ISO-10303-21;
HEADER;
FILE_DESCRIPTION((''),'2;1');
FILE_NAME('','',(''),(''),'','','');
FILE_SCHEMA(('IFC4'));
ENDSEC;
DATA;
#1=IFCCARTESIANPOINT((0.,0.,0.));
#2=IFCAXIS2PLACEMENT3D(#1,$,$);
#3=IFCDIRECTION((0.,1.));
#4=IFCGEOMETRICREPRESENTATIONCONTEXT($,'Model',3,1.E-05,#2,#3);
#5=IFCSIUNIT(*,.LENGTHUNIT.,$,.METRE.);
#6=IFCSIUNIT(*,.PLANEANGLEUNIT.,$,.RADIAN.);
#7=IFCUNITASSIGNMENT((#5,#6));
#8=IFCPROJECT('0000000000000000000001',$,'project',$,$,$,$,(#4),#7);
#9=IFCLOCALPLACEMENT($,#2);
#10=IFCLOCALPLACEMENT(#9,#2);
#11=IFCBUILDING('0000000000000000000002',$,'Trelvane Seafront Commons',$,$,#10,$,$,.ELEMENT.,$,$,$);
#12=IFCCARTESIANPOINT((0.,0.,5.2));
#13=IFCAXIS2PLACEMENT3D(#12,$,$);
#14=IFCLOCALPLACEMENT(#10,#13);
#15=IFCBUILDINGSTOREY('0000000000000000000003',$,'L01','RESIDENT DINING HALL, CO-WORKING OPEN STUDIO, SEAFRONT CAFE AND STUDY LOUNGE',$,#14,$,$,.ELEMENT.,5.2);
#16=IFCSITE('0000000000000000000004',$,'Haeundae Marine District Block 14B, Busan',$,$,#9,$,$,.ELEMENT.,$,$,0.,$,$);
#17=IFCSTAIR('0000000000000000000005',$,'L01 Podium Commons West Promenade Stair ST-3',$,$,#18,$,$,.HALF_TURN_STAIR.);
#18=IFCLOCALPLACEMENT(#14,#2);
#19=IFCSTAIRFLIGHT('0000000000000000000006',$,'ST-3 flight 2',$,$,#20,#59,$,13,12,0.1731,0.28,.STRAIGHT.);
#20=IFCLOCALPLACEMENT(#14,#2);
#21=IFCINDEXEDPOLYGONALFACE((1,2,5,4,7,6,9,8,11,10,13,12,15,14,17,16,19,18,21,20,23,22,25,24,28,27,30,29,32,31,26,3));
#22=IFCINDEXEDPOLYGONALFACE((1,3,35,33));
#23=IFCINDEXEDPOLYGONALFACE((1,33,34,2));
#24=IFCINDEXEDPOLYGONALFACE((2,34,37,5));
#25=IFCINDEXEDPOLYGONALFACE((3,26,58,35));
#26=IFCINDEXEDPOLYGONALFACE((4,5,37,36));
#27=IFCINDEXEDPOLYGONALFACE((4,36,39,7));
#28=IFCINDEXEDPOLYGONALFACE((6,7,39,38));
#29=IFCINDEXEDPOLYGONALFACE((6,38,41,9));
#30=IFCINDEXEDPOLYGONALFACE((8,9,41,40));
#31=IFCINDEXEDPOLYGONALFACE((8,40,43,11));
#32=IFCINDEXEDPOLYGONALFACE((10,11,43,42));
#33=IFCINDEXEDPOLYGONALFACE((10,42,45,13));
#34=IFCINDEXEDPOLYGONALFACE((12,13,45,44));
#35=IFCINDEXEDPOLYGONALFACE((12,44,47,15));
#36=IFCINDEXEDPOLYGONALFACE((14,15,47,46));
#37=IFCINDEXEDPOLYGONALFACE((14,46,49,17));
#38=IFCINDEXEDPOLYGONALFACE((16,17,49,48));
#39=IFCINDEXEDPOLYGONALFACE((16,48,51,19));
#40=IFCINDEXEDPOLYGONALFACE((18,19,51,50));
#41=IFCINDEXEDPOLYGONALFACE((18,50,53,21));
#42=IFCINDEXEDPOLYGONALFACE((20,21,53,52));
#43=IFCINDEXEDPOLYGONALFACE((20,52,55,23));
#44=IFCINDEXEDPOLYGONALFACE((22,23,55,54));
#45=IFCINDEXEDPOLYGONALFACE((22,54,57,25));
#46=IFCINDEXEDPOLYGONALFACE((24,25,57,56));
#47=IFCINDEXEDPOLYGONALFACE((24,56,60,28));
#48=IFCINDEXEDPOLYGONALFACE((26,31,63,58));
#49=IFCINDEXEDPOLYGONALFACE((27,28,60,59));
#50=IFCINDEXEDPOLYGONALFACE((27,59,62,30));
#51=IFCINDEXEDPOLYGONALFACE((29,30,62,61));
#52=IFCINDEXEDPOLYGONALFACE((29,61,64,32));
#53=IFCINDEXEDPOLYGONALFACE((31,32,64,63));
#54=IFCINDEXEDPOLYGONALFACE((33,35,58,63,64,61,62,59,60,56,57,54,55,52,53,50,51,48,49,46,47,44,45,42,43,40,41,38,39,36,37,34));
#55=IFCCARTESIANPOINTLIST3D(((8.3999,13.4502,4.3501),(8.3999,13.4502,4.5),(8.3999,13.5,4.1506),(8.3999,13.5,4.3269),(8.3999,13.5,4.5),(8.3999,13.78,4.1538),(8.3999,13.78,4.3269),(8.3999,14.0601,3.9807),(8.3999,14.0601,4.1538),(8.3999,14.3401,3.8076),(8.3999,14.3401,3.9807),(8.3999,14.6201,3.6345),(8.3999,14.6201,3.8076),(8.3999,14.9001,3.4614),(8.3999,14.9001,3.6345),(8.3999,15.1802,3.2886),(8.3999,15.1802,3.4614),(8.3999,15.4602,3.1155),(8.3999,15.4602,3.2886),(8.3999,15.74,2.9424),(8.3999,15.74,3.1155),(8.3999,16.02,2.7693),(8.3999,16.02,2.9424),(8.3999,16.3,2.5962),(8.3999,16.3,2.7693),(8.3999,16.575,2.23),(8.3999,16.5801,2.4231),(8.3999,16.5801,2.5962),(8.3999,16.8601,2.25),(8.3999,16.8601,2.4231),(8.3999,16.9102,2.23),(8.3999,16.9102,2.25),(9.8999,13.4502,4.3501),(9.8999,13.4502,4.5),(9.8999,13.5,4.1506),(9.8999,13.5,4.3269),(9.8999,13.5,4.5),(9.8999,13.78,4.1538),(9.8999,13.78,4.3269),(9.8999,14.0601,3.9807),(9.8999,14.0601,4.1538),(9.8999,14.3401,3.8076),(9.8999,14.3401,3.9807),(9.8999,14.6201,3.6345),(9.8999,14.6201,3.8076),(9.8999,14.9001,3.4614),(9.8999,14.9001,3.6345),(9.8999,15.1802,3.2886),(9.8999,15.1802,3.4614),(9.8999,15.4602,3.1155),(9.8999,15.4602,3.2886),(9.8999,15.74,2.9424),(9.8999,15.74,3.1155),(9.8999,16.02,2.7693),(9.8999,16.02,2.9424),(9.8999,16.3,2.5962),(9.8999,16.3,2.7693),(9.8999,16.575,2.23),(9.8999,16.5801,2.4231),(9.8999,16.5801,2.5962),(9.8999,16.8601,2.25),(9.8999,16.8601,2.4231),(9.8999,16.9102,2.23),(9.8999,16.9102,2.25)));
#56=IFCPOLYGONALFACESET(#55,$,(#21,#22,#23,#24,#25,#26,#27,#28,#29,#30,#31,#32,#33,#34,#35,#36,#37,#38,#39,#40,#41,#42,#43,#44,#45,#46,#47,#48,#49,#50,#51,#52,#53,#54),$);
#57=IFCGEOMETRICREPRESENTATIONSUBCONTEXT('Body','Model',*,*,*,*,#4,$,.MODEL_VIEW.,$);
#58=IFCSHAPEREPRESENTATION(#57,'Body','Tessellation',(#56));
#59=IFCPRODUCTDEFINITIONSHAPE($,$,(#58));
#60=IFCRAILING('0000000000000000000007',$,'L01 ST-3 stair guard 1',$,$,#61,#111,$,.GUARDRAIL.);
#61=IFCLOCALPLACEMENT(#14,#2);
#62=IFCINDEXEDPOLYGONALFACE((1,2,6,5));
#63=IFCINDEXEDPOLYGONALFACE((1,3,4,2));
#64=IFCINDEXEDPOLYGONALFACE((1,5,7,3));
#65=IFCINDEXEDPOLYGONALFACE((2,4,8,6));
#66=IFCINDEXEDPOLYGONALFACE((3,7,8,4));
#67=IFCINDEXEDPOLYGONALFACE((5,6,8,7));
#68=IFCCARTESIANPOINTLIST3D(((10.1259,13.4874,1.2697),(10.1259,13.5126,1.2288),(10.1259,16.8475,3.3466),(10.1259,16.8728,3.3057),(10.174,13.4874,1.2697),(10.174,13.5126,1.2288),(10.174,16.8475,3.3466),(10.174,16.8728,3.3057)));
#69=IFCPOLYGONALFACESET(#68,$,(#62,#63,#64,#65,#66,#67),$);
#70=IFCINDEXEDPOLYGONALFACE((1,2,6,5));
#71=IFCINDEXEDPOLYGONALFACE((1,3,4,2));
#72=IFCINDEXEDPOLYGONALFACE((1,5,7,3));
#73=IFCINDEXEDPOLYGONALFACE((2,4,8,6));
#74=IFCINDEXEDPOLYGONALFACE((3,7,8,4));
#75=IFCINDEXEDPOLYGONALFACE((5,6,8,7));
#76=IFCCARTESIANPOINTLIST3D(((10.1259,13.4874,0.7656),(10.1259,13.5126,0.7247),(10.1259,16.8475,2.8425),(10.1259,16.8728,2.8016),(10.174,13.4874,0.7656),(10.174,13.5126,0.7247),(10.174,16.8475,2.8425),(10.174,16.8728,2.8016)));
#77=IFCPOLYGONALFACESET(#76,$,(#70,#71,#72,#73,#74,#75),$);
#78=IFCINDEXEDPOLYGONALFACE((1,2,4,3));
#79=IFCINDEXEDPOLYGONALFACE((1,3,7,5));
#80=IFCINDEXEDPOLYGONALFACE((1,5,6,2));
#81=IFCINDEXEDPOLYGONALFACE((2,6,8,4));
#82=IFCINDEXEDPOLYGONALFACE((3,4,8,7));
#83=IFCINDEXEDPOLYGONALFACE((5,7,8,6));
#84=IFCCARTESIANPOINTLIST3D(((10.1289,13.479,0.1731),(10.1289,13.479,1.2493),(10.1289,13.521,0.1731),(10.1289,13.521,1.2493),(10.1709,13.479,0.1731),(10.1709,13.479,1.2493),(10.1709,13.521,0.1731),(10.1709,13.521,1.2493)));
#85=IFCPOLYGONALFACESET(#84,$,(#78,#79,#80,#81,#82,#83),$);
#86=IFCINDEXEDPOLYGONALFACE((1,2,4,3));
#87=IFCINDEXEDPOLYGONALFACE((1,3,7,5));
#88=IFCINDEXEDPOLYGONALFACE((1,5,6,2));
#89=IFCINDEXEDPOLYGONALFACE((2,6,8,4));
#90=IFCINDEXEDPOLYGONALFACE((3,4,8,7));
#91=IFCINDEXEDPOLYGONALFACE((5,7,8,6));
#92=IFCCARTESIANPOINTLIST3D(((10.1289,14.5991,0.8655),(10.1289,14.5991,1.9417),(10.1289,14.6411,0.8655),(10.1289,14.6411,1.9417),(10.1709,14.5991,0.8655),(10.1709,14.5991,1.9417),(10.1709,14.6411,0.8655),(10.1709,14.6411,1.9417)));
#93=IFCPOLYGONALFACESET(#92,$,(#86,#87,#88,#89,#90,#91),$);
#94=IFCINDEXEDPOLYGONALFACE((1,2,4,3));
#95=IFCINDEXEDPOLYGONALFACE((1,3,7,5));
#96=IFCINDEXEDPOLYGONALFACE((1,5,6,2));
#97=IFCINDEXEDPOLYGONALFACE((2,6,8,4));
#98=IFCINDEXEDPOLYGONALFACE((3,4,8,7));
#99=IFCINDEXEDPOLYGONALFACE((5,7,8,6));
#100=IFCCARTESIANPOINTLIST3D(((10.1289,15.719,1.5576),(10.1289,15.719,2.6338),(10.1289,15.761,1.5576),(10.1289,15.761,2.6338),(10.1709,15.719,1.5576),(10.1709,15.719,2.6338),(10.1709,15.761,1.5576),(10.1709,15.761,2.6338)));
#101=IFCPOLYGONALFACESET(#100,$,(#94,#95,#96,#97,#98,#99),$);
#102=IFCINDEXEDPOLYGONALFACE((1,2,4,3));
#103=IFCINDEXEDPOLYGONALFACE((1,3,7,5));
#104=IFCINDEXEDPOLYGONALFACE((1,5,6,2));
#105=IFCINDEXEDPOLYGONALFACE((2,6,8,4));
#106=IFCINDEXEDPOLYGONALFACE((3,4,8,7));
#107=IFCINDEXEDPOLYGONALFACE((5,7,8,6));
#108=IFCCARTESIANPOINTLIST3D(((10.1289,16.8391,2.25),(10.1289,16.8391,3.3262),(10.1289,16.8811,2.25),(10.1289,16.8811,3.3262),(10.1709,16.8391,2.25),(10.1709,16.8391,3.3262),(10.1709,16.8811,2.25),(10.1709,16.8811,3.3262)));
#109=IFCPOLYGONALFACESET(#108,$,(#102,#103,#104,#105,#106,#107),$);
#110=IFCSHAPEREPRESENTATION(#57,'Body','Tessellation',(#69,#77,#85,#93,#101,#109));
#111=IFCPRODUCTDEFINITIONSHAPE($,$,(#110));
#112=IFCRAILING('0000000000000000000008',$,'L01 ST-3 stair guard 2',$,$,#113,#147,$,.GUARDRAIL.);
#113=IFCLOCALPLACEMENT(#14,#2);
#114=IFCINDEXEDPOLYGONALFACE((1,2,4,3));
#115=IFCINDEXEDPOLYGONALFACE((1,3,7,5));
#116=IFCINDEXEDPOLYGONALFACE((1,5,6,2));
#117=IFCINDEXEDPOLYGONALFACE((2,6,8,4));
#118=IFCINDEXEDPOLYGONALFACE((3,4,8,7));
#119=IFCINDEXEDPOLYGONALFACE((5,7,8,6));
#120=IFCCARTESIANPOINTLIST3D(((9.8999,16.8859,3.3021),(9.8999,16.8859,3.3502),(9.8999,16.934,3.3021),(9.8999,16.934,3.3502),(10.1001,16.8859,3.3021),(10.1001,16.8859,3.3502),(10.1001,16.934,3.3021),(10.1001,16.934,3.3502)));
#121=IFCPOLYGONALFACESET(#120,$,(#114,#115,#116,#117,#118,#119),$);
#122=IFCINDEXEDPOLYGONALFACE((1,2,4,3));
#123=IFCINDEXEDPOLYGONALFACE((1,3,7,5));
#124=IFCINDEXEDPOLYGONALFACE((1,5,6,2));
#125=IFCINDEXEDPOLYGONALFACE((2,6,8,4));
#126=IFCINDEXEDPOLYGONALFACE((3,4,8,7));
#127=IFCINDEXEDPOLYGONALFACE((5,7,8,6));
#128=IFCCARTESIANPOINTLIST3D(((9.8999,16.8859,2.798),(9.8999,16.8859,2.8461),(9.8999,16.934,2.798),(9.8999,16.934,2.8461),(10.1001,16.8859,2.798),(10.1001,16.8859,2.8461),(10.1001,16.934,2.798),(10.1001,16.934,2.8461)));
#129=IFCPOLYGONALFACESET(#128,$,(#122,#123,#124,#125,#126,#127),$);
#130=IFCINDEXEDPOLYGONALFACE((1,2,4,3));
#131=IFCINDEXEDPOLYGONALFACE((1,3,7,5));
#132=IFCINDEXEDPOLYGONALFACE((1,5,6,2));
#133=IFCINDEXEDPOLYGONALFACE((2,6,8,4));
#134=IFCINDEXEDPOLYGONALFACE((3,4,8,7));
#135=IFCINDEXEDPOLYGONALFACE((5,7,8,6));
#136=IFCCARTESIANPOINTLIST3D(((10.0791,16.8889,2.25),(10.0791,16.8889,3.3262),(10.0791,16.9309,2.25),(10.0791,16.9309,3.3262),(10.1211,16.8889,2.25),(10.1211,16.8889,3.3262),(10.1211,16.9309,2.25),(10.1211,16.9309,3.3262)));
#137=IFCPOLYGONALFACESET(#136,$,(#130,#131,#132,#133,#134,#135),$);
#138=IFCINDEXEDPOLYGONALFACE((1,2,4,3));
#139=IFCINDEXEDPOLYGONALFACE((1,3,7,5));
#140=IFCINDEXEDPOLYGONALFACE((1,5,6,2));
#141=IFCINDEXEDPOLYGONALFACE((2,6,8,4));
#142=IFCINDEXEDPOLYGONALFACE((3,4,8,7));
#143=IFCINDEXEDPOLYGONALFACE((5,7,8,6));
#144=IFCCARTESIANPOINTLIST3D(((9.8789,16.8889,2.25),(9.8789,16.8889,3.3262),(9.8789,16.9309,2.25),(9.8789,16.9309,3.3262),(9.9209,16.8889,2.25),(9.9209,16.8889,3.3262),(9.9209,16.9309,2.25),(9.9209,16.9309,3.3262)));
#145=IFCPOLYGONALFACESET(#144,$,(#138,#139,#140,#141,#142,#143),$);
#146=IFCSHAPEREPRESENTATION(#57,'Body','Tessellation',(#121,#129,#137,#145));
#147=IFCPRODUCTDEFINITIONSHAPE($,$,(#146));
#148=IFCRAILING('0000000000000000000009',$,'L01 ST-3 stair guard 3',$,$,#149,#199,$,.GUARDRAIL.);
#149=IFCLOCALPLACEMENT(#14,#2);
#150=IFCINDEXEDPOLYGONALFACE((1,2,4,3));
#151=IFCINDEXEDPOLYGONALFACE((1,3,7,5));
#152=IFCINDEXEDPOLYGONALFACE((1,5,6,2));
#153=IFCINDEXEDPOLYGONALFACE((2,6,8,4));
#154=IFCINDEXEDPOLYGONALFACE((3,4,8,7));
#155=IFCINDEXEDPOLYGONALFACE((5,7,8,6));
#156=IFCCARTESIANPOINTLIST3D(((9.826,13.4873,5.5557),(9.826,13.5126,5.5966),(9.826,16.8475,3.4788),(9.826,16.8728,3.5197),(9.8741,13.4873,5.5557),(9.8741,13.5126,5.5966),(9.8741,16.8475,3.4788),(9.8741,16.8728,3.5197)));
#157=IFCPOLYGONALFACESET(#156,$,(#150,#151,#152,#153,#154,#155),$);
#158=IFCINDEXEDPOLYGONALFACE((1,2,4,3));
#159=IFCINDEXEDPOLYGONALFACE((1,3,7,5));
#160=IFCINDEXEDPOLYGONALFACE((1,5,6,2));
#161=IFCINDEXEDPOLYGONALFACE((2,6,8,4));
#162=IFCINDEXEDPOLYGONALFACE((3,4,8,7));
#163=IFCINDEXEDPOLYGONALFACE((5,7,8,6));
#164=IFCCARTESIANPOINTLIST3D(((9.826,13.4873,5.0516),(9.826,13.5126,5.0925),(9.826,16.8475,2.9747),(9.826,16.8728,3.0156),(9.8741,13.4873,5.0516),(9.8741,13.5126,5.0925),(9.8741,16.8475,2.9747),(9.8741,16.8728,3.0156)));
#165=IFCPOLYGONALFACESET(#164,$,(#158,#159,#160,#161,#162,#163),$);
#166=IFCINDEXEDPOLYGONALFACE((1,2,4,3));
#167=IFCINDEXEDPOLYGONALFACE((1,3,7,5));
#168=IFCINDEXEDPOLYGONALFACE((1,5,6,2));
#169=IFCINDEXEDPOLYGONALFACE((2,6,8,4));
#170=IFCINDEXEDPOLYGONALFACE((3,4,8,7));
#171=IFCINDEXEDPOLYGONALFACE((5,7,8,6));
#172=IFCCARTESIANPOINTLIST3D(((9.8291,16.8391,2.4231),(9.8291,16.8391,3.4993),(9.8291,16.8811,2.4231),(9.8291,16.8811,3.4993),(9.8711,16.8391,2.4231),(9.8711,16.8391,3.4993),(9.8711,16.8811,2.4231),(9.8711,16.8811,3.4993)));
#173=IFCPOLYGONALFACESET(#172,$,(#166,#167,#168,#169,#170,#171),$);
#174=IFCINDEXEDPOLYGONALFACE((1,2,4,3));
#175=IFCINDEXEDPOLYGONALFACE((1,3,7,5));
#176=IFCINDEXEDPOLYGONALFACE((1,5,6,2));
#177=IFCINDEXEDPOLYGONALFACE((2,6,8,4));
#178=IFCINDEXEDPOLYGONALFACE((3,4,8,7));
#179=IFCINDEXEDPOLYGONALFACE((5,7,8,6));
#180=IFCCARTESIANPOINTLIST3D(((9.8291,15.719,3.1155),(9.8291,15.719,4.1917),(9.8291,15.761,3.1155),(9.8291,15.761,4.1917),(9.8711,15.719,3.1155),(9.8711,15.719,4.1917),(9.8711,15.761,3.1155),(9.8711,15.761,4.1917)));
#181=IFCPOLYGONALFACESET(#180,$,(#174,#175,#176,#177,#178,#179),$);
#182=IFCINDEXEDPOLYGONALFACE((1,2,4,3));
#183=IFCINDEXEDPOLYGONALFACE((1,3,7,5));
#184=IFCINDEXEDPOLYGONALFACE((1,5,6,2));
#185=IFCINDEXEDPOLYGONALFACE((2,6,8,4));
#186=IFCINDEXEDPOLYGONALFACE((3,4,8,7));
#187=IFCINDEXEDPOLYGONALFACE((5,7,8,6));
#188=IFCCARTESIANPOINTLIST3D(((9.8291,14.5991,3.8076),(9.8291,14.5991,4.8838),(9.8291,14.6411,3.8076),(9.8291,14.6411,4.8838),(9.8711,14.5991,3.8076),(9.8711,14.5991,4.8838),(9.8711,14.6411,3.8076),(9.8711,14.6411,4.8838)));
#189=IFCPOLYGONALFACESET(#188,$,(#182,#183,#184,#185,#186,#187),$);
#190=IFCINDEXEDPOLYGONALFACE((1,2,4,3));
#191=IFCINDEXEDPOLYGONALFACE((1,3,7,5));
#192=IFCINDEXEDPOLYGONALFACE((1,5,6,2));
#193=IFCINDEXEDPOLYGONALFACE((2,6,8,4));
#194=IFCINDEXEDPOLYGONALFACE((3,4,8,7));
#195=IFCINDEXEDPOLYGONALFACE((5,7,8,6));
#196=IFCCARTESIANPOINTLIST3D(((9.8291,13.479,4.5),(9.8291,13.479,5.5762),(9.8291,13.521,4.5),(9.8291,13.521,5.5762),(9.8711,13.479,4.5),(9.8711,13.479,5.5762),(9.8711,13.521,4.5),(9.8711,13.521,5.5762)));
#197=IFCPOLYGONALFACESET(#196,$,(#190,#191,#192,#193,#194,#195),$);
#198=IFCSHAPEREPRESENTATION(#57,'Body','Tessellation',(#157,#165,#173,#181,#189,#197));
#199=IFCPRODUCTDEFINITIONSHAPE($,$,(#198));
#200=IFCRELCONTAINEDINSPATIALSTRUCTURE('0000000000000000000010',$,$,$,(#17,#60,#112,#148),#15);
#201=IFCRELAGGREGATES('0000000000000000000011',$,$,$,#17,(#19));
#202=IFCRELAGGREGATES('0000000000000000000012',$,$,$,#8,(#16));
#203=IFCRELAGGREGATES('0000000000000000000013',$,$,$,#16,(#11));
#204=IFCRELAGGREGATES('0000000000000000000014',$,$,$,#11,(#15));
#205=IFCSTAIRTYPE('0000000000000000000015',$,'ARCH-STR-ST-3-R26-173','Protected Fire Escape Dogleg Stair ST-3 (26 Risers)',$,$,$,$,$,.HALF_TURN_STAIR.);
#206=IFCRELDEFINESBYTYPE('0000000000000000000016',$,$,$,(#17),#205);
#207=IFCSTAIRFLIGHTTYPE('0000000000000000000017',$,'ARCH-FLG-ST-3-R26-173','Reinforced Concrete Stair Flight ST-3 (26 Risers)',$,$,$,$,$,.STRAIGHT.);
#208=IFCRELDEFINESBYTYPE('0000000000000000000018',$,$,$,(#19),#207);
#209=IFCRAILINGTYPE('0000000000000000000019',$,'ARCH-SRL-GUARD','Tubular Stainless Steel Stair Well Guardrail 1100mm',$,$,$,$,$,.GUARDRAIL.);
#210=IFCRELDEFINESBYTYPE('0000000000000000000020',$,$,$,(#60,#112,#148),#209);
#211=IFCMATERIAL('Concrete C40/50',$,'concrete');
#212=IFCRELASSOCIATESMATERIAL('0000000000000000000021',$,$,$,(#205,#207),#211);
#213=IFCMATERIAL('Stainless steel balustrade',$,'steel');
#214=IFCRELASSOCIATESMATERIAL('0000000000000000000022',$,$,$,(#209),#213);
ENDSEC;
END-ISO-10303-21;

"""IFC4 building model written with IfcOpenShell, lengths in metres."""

from ifc_helpers import new_model, si_unit, direction, frame, origin, origin_2d, place, context, subcontext, project, spatial, polyline, rectangle, outline, extrude, source, transform, mapped, material, type_object, element, aggregate, save


model = new_model("IFC4")

# Units and contexts
model_context = context("Model", 3, precision=1e-05, world=origin(), true_north=direction((0.0, 1.0)))
body_context = subcontext(model_context, "Body", "Model", "MODEL_VIEW")
ifc_project = project(units=[si_unit("LENGTHUNIT", "METRE"), si_unit("PLANEANGLEUNIT", "RADIAN")], contexts=[model_context])

# Site, building, storey
site_placement = place(None, origin())
site = spatial("IfcSite", under=ifc_project, at=site_placement, Name="Haeundae Marine District Block 14B, Busan", CompositionType="ELEMENT", RefElevation=0.0)
building_placement = place(site_placement, origin())
building = spatial("IfcBuilding", under=site, at=building_placement, Name="Trelvane Seafront Commons", CompositionType="ELEMENT")
storey_placement = place(building_placement, frame((0.0, 0.0, 5.2)))
storey = spatial("IfcBuildingStorey", under=building, at=storey_placement, Name="L01", Description="RESIDENT DINING HALL, CO-WORKING OPEN STUDIO, SEAFRONT CAFE AND STUDY LOUNGE", CompositionType="ELEMENT", Elevation=5.2)

# Stair, stair flight
ifc_material_1 = material(Name="Concrete C40/50", Category="concrete")
stair_type = type_object("IfcStairType", Name="ARCH-STR-ST-3-R26-173", Description="Protected Fire Escape Dogleg Stair ST-3 (26 Risers)", PredefinedType="HALF_TURN_STAIR", material=ifc_material_1)
stair_placement = place(storey_placement, origin())
stair = element("IfcStair", 1, at=stair_placement, inside=storey, type_object=stair_type, Name="L01 Podium Commons West Promenade Stair ST-3", PredefinedType="HALF_TURN_STAIR")
stair_flight_type = type_object("IfcStairFlightType", Name="ARCH-FLG-ST-3-R26-173", Description="Reinforced Concrete Stair Flight ST-3 (26 Risers)", PredefinedType="STRAIGHT", material=ifc_material_1)
shared_shape_1 = source(origin(), body_context, "Body", "SweptSolid", [
    extrude(outline(polyline([(-0.05, -0.02), (-0.05, 0.0), (0.0, 0.0), (0.0, 0.1731), (0.28, 0.1731), (0.28, 0.3462), (0.5601, 0.3462), (0.5601, 0.5193), (0.8401, 0.5193), (0.8401, 0.6924), (1.1201, 0.6924), (1.1201, 0.8655), (1.3999, 0.8655), (1.3999, 1.0386), (1.6799, 1.0386), (1.6799, 1.2114), (1.96, 1.2114), (1.96, 1.3845), (2.24, 1.3845), (2.24, 1.5576), (2.52, 1.5576), (2.52, 1.7307), (2.8, 1.7307), (2.8, 1.9038), (3.0801, 1.9038), (3.0801, 2.0769), (3.3601, 2.0769), (3.3601, 2.25), (3.4099, 2.25), (3.4099, 2.1001), (3.3601, 1.9006), (0.2852, -0.02), (-0.05, -0.02)])), frame((0.0, 0.75, 0.0), z_axis=(0.0, -1.0, 0.0), x_axis=(1.0, 0.0, 0.0)), (0.0, 0.0, 1.0), 1.5),
])
stair_flight_1_placement = place(storey_placement, frame((9.1499, 16.8601, 2.25), z_axis=(0.0, 0.0, 1.0), x_axis=(0.0, -1.0, 0.0)))
stair_flight_1 = element("IfcStairFlight", 2, at=stair_flight_1_placement, type_object=stair_flight_type, Name="ST-3 flight 2", NumberOfRisers=13, NumberOfTreads=12, PredefinedType="STRAIGHT", RiserHeight=0.1731, TreadLength=0.28, context=body_context, shape_type="MappedRepresentation", body=[
    mapped(shared_shape_1, transform((0.0, 0.0, 0.0), x_axis=(1.0, 0.0, 0.0), y_axis=(0.0, 1.0, 0.0), z_axis=(0.0, 0.0, 1.0), scale=1.0)),
])
aggregate(stair, [stair_flight_1])

# Railings
ifc_material_2 = material(Name="Stainless steel balustrade", Category="steel")
railing_type_1 = type_object("IfcRailingType", Name="ARCH-SRL-GUARD", Description="Tubular Stainless Steel Stair Well Guardrail 1100mm", PredefinedType="GUARDRAIL", material=ifc_material_2)
railing_1_placement = place(storey_placement, frame((10.1499, 13.5, 0.1731)))
element("IfcRailing", 3, at=railing_1_placement, inside=storey, type_object=railing_type_1, Name="L01 ST-3 stair guard 1", PredefinedType="GUARDRAIL", context=body_context, shape_type="SweptSolid", body=[
    extrude(rectangle(XDim=0.0481, YDim=0.0481, at=origin_2d()), frame((0.0, 0.0, 1.0762), z_axis=(0.0, 0.850623, 0.525776), x_axis=(-1.0, 0.0, 0.0)), (0.0, 0.0, 1.0), 3.9502),
    extrude(rectangle(XDim=0.0481, YDim=0.0481, at=origin_2d()), frame((0.0, 0.0, 0.572), z_axis=(0.0, 0.850623, 0.525776), x_axis=(-1.0, 0.0, 0.0)), (0.0, 0.0, 1.0), 3.9502),
    extrude(rectangle(XDim=0.042, YDim=0.042, at=origin_2d()), origin(), (0.0, 0.0, 1.0), 1.0762),
    extrude(rectangle(XDim=0.042, YDim=0.042, at=origin_2d()), frame((0.0, 1.1201, 0.6924)), (0.0, 0.0, 1.0), 1.0762),
    extrude(rectangle(XDim=0.042, YDim=0.042, at=origin_2d()), frame((0.0, 2.24, 1.3845)), (0.0, 0.0, 1.0), 1.0762),
    extrude(rectangle(XDim=0.042, YDim=0.042, at=origin_2d()), frame((0.0, 3.3601, 2.0769)), (0.0, 0.0, 1.0), 1.0762),
])
railing_2_placement = place(storey_placement, frame((10.1001, 16.9099, 2.25)))
element("IfcRailing", 4, at=railing_2_placement, inside=storey, type_object=railing_type_1, Name="L01 ST-3 stair guard 2", PredefinedType="GUARDRAIL", context=body_context, shape_type="SweptSolid", body=[
    extrude(rectangle(XDim=0.0481, YDim=0.0481, at=origin_2d()), frame((0.0, 0.0, 1.0762), z_axis=(-1.0, 0.0, 0.0), x_axis=(0.0, -1.0, 0.0)), (0.0, 0.0, 1.0), 0.2002),
    extrude(rectangle(XDim=0.0481, YDim=0.0481, at=origin_2d()), frame((0.0, 0.0, 0.572), z_axis=(-1.0, 0.0, 0.0), x_axis=(0.0, -1.0, 0.0)), (0.0, 0.0, 1.0), 0.2002),
    extrude(rectangle(XDim=0.042, YDim=0.042, at=origin_2d()), origin(), (0.0, 0.0, 1.0), 1.0762),
    extrude(rectangle(XDim=0.042, YDim=0.042, at=origin_2d()), frame((-0.2002, 0.0, 0.0)), (0.0, 0.0, 1.0), 1.0762),
])
railing_3_placement = place(storey_placement, frame((9.8501, 16.8601, 2.4231)))
element("IfcRailing", 5, at=railing_3_placement, inside=storey, type_object=railing_type_1, Name="L01 ST-3 stair guard 3", PredefinedType="GUARDRAIL", context=body_context, shape_type="SweptSolid", body=[
    extrude(rectangle(XDim=0.0481, YDim=0.0481, at=origin_2d()), frame((0.0, 0.0, 1.0762), z_axis=(0.0, -0.850623, 0.525776), x_axis=(1.0, 0.0, 0.0)), (0.0, 0.0, 1.0), 3.9502),
    extrude(rectangle(XDim=0.0481, YDim=0.0481, at=origin_2d()), frame((0.0, 0.0, 0.572), z_axis=(0.0, -0.850623, 0.525776), x_axis=(1.0, 0.0, 0.0)), (0.0, 0.0, 1.0), 3.9502),
    extrude(rectangle(XDim=0.042, YDim=0.042, at=origin_2d()), origin(), (0.0, 0.0, 1.0), 1.0762),
    extrude(rectangle(XDim=0.042, YDim=0.042, at=origin_2d()), frame((0.0, -1.1201, 0.6924)), (0.0, 0.0, 1.0), 1.0762),
    extrude(rectangle(XDim=0.042, YDim=0.042, at=origin_2d()), frame((0.0, -2.24, 1.3845)), (0.0, 0.0, 1.0), 1.0762),
    extrude(rectangle(XDim=0.042, YDim=0.042, at=origin_2d()), frame((0.0, -3.3601, 2.0769)), (0.0, 0.0, 1.0), 1.0762),
])

save(model, "model.ifc")
